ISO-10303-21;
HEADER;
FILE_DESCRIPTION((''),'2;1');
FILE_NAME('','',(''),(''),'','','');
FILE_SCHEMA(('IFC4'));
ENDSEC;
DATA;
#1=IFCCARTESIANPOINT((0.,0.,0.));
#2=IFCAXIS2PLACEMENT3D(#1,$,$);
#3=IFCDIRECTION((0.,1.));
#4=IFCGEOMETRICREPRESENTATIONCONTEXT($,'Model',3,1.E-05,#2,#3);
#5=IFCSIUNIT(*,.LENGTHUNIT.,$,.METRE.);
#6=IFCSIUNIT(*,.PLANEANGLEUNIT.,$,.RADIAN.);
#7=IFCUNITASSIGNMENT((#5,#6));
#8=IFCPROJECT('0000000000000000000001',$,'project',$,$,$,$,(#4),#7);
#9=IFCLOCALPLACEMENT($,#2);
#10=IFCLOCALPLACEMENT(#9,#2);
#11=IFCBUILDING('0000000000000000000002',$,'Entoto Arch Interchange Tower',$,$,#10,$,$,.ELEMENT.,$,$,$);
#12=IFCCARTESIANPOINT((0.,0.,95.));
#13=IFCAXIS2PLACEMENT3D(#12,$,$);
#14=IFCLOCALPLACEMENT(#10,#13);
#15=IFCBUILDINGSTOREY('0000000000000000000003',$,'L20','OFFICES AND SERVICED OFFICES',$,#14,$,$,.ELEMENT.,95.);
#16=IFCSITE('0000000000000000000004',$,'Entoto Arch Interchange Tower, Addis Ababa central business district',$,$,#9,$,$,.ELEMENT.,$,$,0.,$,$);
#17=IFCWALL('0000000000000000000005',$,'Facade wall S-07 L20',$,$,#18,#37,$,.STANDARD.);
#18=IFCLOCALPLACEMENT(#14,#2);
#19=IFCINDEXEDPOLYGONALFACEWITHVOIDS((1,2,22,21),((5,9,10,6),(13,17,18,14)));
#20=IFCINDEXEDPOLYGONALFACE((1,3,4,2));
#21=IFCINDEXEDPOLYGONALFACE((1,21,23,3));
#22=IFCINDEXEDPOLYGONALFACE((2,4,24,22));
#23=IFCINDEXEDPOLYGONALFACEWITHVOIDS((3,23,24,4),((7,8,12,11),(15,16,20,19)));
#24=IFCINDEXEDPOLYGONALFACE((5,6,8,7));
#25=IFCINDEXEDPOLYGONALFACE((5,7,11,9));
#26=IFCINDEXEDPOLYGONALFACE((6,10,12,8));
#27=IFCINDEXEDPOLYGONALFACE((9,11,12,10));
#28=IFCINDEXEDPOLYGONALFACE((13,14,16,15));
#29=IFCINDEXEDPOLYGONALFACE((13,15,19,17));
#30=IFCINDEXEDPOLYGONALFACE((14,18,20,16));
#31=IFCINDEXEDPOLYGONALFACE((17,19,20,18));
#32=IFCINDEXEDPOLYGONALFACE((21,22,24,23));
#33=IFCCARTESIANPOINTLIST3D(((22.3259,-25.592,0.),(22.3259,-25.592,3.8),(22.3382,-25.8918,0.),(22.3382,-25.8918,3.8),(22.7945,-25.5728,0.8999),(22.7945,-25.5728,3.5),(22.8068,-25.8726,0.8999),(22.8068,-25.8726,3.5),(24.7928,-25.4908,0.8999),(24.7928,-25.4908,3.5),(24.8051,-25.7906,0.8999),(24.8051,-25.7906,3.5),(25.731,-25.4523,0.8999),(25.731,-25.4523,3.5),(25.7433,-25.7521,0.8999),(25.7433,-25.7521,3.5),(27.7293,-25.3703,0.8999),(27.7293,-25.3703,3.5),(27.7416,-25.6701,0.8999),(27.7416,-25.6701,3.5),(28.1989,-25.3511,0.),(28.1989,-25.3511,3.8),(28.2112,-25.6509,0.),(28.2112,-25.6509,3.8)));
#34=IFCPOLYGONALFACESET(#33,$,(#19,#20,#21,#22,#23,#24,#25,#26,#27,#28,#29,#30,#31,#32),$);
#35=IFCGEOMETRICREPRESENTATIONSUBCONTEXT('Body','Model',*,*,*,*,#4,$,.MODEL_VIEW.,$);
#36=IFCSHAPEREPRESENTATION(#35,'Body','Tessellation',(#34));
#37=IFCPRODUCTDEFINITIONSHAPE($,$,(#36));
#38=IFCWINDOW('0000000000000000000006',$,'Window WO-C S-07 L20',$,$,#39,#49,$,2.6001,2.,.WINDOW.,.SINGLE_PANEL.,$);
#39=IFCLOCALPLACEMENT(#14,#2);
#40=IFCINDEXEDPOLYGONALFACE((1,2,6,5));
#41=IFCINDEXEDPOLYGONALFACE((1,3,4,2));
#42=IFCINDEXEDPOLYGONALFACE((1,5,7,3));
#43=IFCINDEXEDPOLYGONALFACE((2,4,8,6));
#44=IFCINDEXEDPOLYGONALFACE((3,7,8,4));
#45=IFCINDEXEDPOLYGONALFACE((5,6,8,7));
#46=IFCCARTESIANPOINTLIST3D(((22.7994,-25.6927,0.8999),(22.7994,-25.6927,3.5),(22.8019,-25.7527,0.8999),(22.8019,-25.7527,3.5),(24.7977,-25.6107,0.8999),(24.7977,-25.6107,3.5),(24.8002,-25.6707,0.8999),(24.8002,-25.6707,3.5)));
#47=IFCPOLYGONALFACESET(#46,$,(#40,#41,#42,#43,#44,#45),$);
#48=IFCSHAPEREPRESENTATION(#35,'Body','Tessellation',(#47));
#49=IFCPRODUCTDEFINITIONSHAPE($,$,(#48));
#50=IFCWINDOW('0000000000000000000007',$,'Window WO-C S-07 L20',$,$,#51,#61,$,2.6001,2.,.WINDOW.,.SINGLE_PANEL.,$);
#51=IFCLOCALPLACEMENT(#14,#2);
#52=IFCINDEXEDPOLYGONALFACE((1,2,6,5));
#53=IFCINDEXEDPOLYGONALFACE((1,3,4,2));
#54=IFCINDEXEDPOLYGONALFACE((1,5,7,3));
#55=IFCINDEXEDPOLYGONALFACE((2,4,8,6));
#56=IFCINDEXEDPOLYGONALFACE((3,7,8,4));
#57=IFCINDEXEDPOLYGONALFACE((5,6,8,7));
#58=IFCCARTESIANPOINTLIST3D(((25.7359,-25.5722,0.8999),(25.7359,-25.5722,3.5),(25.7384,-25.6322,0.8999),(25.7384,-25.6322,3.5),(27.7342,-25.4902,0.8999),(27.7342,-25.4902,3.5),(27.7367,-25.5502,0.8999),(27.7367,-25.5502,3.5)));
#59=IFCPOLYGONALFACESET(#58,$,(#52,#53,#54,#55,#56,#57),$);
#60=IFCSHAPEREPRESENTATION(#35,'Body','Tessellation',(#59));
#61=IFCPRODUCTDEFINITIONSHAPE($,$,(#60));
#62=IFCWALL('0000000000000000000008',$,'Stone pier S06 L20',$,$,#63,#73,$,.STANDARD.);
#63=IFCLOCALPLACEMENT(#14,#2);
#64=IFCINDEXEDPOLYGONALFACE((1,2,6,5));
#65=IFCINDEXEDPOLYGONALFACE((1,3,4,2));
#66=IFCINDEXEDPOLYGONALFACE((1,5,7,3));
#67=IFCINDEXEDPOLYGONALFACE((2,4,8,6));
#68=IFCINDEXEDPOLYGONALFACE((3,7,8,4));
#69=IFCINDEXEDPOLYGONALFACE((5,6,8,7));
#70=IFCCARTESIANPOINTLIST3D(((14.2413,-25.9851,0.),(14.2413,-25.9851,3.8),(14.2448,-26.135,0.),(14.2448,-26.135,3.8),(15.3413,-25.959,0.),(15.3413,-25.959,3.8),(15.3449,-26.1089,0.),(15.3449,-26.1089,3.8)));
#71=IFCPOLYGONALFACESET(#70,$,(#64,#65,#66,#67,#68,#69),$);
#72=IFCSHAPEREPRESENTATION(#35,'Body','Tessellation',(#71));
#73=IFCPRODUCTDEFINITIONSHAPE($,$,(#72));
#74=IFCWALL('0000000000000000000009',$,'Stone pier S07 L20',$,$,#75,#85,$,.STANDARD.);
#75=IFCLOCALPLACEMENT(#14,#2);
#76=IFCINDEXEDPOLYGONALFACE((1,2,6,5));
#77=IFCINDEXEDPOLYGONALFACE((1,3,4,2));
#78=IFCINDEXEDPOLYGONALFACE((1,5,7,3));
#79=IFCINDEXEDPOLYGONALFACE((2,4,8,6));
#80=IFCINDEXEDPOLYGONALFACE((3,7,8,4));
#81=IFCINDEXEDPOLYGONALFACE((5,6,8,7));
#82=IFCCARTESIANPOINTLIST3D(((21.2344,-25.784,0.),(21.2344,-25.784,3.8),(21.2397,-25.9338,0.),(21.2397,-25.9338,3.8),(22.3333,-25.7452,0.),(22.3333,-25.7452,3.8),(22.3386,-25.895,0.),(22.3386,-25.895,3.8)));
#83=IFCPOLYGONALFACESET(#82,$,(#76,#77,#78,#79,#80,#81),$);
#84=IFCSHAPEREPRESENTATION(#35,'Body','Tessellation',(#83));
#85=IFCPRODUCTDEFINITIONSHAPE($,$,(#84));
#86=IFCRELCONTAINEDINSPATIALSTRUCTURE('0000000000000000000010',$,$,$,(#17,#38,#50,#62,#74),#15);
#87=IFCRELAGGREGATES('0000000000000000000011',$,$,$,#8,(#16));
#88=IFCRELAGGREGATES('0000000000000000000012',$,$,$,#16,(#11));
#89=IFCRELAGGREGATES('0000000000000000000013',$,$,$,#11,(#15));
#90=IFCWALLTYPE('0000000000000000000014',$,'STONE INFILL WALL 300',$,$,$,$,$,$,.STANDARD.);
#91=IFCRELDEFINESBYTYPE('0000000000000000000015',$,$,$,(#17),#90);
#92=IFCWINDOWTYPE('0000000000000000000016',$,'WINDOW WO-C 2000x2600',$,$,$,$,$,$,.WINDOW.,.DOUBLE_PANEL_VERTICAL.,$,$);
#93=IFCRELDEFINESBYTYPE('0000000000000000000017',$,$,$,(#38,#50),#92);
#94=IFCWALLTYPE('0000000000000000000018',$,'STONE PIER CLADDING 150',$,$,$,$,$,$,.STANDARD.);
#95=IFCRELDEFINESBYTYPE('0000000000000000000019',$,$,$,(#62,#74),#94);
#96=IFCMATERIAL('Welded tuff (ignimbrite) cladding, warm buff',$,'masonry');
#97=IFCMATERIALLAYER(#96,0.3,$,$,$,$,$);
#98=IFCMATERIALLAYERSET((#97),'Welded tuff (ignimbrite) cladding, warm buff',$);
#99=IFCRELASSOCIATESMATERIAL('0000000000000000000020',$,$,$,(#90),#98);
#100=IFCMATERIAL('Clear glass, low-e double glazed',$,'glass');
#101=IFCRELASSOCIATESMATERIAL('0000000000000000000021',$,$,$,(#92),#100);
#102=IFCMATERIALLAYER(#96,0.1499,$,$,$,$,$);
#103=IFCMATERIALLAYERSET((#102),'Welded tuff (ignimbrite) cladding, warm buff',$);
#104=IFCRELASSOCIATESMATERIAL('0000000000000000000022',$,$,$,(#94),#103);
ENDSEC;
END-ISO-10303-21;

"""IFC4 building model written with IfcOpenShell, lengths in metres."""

from ifc_helpers import new_model, si_unit, direction, frame, frame_2d, origin, place, context, subcontext, project, spatial, rectangle, extrude, material, layer, layer_set, type_object, element, fill, save


model = new_model("IFC4")

# Units and contexts
model_context = context("Model", 3, precision=1e-05, world=origin(), true_north=direction((0.0, 1.0)))
body_context = subcontext(model_context, "Body", "Model", "MODEL_VIEW")
ifc_project = project(units=[si_unit("LENGTHUNIT", "METRE"), si_unit("PLANEANGLEUNIT", "RADIAN")], contexts=[model_context])

# Site, building, storey
site_placement = place(None, origin())
site = spatial("IfcSite", under=ifc_project, at=site_placement, Name="Entoto Arch Interchange Tower, Addis Ababa central business district", CompositionType="ELEMENT", RefElevation=0.0)
building_placement = place(site_placement, origin())
building = spatial("IfcBuilding", under=site, at=building_placement, Name="Entoto Arch Interchange Tower", CompositionType="ELEMENT")
storey_placement = place(building_placement, frame((0.0, 0.0, 95.0)))
storey = spatial("IfcBuildingStorey", under=building, at=storey_placement, Name="L20", Description="OFFICES AND SERVICED OFFICES", CompositionType="ELEMENT", Elevation=95.0)

# Wall, openings, windows
ifc_material_1 = material(Name="Welded tuff (ignimbrite) cladding, warm buff", Category="masonry")
ifc_layer_1 = layer(ifc_material_1, 0.3)
ifc_layer_set_1 = layer_set([ifc_layer_1], Name="Welded tuff (ignimbrite) cladding, warm buff")
wall_type_1 = type_object("IfcWallType", Name="STONE INFILL WALL 300", PredefinedType="STANDARD", material=ifc_layer_set_1)
ifc_material_2 = material(Name="Clear glass, low-e double glazed", Category="glass")
window_type = type_object("IfcWindowType", Name="WINDOW WO-C 2000x2600", PartitioningType="DOUBLE_PANEL_VERTICAL", PredefinedType="WINDOW", material=ifc_material_2)
wall_1_placement = place(storey_placement, frame((22.332, -25.7419, 0.0), z_axis=(0.0, 0.0, 1.0), x_axis=(0.999159, 0.040995, 0.0)))
wall_1 = element("IfcWall", 1, at=wall_1_placement, inside=storey, type_object=wall_type_1, Name="Facade wall S-07 L20", PredefinedType="STANDARD", context=body_context, shape_type="SweptSolid", body=[
    extrude(rectangle(XDim=5.8779, YDim=0.3, at=frame_2d((2.939, 0.0))), origin(), (0.0, 0.0, 1.0), 3.8),
])
opening_1_placement = place(wall_1_placement, frame((0.469, 0.0, 0.8999)))
opening_1 = element("IfcOpeningElement", 2, at=opening_1_placement, cuts=wall_1, PredefinedType="OPENING", context=body_context, shape_type="SweptSolid", body=[
    extrude(rectangle(XDim=2.0, YDim=2.6001, at=frame_2d((1.0, 1.3))), frame((0.0, 0.1602, 0.0), z_axis=(0.0, -1.0, 0.0), x_axis=(1.0, 0.0, 0.0)), (0.0, 0.0, 1.0), 0.3201),
])
opening_2_placement = place(wall_1_placement, frame((3.408, 0.0, 0.8999)))
opening_2 = element("IfcOpeningElement", 3, at=opening_2_placement, cuts=wall_1, PredefinedType="OPENING", context=body_context, shape_type="SweptSolid", body=[
    extrude(rectangle(XDim=2.0, YDim=2.6001, at=frame_2d((1.0, 1.3))), frame((0.0, 0.1602, 0.0), z_axis=(0.0, -1.0, 0.0), x_axis=(1.0, 0.0, 0.0)), (0.0, 0.0, 1.0), 0.3201),
])
window_1_placement = place(opening_1_placement, origin())
window_1 = element("IfcWindow", 4, at=window_1_placement, inside=storey, type_object=window_type, Name="Window WO-C S-07 L20", OverallHeight=2.6001, OverallWidth=2.0, PartitioningType="SINGLE_PANEL", PredefinedType="WINDOW", context=body_context, shape_type="SweptSolid", body=[
    extrude(rectangle(XDim=2.0, YDim=2.6001, at=frame_2d((1.0, 1.3))), frame((0.0, 0.03, 0.0), z_axis=(0.0, -1.0, 0.0), x_axis=(1.0, 0.0, 0.0)), (0.0, 0.0, 1.0), 0.0601),
])
fill(opening_1, window_1)
window_2_placement = place(opening_2_placement, origin())
window_2 = element("IfcWindow", 5, at=window_2_placement, inside=storey, type_object=window_type, Name="Window WO-C S-07 L20", OverallHeight=2.6001, OverallWidth=2.0, PartitioningType="SINGLE_PANEL", PredefinedType="WINDOW", context=body_context, shape_type="SweptSolid", body=[
    extrude(rectangle(XDim=2.0, YDim=2.6001, at=frame_2d((1.0, 1.3))), frame((0.0, 0.03, 0.0), z_axis=(0.0, -1.0, 0.0), x_axis=(1.0, 0.0, 0.0)), (0.0, 0.0, 1.0), 0.0601),
])
fill(opening_2, window_2)

# Walls
ifc_layer_2 = layer(ifc_material_1, 0.1499)
ifc_layer_set_2 = layer_set([ifc_layer_2], Name="Welded tuff (ignimbrite) cladding, warm buff")
wall_type_2 = type_object("IfcWallType", Name="STONE PIER CLADDING 150", PredefinedType="STANDARD", material=ifc_layer_set_2)
wall_2_placement = place(storey_placement, frame((14.2429, -26.0601, 0.0), z_axis=(0.0, 0.0, 1.0), x_axis=(0.999718, 0.023739, 0.0)))
element("IfcWall", 6, at=wall_2_placement, inside=storey, type_object=wall_type_2, Name="Stone pier S06 L20", PredefinedType="STANDARD", context=body_context, shape_type="SweptSolid", body=[
    extrude(rectangle(XDim=1.1003, YDim=0.1499, at=frame_2d((0.5503, 0.0))), origin(), (0.0, 0.0, 1.0), 3.8),
])
wall_3_placement = place(storey_placement, frame((21.2371, -25.8589, 0.0), z_axis=(0.0, 0.0, 1.0), x_axis=(0.999377, 0.035303, 0.0)))
element("IfcWall", 7, at=wall_3_placement, inside=storey, type_object=wall_type_2, Name="Stone pier S07 L20", PredefinedType="STANDARD", context=body_context, shape_type="SweptSolid", body=[
    extrude(rectangle(XDim=1.0996, YDim=0.1499, at=frame_2d((0.5498, 0.0))), origin(), (0.0, 0.0, 1.0), 3.8),
])

save(model, "model.ifc")
